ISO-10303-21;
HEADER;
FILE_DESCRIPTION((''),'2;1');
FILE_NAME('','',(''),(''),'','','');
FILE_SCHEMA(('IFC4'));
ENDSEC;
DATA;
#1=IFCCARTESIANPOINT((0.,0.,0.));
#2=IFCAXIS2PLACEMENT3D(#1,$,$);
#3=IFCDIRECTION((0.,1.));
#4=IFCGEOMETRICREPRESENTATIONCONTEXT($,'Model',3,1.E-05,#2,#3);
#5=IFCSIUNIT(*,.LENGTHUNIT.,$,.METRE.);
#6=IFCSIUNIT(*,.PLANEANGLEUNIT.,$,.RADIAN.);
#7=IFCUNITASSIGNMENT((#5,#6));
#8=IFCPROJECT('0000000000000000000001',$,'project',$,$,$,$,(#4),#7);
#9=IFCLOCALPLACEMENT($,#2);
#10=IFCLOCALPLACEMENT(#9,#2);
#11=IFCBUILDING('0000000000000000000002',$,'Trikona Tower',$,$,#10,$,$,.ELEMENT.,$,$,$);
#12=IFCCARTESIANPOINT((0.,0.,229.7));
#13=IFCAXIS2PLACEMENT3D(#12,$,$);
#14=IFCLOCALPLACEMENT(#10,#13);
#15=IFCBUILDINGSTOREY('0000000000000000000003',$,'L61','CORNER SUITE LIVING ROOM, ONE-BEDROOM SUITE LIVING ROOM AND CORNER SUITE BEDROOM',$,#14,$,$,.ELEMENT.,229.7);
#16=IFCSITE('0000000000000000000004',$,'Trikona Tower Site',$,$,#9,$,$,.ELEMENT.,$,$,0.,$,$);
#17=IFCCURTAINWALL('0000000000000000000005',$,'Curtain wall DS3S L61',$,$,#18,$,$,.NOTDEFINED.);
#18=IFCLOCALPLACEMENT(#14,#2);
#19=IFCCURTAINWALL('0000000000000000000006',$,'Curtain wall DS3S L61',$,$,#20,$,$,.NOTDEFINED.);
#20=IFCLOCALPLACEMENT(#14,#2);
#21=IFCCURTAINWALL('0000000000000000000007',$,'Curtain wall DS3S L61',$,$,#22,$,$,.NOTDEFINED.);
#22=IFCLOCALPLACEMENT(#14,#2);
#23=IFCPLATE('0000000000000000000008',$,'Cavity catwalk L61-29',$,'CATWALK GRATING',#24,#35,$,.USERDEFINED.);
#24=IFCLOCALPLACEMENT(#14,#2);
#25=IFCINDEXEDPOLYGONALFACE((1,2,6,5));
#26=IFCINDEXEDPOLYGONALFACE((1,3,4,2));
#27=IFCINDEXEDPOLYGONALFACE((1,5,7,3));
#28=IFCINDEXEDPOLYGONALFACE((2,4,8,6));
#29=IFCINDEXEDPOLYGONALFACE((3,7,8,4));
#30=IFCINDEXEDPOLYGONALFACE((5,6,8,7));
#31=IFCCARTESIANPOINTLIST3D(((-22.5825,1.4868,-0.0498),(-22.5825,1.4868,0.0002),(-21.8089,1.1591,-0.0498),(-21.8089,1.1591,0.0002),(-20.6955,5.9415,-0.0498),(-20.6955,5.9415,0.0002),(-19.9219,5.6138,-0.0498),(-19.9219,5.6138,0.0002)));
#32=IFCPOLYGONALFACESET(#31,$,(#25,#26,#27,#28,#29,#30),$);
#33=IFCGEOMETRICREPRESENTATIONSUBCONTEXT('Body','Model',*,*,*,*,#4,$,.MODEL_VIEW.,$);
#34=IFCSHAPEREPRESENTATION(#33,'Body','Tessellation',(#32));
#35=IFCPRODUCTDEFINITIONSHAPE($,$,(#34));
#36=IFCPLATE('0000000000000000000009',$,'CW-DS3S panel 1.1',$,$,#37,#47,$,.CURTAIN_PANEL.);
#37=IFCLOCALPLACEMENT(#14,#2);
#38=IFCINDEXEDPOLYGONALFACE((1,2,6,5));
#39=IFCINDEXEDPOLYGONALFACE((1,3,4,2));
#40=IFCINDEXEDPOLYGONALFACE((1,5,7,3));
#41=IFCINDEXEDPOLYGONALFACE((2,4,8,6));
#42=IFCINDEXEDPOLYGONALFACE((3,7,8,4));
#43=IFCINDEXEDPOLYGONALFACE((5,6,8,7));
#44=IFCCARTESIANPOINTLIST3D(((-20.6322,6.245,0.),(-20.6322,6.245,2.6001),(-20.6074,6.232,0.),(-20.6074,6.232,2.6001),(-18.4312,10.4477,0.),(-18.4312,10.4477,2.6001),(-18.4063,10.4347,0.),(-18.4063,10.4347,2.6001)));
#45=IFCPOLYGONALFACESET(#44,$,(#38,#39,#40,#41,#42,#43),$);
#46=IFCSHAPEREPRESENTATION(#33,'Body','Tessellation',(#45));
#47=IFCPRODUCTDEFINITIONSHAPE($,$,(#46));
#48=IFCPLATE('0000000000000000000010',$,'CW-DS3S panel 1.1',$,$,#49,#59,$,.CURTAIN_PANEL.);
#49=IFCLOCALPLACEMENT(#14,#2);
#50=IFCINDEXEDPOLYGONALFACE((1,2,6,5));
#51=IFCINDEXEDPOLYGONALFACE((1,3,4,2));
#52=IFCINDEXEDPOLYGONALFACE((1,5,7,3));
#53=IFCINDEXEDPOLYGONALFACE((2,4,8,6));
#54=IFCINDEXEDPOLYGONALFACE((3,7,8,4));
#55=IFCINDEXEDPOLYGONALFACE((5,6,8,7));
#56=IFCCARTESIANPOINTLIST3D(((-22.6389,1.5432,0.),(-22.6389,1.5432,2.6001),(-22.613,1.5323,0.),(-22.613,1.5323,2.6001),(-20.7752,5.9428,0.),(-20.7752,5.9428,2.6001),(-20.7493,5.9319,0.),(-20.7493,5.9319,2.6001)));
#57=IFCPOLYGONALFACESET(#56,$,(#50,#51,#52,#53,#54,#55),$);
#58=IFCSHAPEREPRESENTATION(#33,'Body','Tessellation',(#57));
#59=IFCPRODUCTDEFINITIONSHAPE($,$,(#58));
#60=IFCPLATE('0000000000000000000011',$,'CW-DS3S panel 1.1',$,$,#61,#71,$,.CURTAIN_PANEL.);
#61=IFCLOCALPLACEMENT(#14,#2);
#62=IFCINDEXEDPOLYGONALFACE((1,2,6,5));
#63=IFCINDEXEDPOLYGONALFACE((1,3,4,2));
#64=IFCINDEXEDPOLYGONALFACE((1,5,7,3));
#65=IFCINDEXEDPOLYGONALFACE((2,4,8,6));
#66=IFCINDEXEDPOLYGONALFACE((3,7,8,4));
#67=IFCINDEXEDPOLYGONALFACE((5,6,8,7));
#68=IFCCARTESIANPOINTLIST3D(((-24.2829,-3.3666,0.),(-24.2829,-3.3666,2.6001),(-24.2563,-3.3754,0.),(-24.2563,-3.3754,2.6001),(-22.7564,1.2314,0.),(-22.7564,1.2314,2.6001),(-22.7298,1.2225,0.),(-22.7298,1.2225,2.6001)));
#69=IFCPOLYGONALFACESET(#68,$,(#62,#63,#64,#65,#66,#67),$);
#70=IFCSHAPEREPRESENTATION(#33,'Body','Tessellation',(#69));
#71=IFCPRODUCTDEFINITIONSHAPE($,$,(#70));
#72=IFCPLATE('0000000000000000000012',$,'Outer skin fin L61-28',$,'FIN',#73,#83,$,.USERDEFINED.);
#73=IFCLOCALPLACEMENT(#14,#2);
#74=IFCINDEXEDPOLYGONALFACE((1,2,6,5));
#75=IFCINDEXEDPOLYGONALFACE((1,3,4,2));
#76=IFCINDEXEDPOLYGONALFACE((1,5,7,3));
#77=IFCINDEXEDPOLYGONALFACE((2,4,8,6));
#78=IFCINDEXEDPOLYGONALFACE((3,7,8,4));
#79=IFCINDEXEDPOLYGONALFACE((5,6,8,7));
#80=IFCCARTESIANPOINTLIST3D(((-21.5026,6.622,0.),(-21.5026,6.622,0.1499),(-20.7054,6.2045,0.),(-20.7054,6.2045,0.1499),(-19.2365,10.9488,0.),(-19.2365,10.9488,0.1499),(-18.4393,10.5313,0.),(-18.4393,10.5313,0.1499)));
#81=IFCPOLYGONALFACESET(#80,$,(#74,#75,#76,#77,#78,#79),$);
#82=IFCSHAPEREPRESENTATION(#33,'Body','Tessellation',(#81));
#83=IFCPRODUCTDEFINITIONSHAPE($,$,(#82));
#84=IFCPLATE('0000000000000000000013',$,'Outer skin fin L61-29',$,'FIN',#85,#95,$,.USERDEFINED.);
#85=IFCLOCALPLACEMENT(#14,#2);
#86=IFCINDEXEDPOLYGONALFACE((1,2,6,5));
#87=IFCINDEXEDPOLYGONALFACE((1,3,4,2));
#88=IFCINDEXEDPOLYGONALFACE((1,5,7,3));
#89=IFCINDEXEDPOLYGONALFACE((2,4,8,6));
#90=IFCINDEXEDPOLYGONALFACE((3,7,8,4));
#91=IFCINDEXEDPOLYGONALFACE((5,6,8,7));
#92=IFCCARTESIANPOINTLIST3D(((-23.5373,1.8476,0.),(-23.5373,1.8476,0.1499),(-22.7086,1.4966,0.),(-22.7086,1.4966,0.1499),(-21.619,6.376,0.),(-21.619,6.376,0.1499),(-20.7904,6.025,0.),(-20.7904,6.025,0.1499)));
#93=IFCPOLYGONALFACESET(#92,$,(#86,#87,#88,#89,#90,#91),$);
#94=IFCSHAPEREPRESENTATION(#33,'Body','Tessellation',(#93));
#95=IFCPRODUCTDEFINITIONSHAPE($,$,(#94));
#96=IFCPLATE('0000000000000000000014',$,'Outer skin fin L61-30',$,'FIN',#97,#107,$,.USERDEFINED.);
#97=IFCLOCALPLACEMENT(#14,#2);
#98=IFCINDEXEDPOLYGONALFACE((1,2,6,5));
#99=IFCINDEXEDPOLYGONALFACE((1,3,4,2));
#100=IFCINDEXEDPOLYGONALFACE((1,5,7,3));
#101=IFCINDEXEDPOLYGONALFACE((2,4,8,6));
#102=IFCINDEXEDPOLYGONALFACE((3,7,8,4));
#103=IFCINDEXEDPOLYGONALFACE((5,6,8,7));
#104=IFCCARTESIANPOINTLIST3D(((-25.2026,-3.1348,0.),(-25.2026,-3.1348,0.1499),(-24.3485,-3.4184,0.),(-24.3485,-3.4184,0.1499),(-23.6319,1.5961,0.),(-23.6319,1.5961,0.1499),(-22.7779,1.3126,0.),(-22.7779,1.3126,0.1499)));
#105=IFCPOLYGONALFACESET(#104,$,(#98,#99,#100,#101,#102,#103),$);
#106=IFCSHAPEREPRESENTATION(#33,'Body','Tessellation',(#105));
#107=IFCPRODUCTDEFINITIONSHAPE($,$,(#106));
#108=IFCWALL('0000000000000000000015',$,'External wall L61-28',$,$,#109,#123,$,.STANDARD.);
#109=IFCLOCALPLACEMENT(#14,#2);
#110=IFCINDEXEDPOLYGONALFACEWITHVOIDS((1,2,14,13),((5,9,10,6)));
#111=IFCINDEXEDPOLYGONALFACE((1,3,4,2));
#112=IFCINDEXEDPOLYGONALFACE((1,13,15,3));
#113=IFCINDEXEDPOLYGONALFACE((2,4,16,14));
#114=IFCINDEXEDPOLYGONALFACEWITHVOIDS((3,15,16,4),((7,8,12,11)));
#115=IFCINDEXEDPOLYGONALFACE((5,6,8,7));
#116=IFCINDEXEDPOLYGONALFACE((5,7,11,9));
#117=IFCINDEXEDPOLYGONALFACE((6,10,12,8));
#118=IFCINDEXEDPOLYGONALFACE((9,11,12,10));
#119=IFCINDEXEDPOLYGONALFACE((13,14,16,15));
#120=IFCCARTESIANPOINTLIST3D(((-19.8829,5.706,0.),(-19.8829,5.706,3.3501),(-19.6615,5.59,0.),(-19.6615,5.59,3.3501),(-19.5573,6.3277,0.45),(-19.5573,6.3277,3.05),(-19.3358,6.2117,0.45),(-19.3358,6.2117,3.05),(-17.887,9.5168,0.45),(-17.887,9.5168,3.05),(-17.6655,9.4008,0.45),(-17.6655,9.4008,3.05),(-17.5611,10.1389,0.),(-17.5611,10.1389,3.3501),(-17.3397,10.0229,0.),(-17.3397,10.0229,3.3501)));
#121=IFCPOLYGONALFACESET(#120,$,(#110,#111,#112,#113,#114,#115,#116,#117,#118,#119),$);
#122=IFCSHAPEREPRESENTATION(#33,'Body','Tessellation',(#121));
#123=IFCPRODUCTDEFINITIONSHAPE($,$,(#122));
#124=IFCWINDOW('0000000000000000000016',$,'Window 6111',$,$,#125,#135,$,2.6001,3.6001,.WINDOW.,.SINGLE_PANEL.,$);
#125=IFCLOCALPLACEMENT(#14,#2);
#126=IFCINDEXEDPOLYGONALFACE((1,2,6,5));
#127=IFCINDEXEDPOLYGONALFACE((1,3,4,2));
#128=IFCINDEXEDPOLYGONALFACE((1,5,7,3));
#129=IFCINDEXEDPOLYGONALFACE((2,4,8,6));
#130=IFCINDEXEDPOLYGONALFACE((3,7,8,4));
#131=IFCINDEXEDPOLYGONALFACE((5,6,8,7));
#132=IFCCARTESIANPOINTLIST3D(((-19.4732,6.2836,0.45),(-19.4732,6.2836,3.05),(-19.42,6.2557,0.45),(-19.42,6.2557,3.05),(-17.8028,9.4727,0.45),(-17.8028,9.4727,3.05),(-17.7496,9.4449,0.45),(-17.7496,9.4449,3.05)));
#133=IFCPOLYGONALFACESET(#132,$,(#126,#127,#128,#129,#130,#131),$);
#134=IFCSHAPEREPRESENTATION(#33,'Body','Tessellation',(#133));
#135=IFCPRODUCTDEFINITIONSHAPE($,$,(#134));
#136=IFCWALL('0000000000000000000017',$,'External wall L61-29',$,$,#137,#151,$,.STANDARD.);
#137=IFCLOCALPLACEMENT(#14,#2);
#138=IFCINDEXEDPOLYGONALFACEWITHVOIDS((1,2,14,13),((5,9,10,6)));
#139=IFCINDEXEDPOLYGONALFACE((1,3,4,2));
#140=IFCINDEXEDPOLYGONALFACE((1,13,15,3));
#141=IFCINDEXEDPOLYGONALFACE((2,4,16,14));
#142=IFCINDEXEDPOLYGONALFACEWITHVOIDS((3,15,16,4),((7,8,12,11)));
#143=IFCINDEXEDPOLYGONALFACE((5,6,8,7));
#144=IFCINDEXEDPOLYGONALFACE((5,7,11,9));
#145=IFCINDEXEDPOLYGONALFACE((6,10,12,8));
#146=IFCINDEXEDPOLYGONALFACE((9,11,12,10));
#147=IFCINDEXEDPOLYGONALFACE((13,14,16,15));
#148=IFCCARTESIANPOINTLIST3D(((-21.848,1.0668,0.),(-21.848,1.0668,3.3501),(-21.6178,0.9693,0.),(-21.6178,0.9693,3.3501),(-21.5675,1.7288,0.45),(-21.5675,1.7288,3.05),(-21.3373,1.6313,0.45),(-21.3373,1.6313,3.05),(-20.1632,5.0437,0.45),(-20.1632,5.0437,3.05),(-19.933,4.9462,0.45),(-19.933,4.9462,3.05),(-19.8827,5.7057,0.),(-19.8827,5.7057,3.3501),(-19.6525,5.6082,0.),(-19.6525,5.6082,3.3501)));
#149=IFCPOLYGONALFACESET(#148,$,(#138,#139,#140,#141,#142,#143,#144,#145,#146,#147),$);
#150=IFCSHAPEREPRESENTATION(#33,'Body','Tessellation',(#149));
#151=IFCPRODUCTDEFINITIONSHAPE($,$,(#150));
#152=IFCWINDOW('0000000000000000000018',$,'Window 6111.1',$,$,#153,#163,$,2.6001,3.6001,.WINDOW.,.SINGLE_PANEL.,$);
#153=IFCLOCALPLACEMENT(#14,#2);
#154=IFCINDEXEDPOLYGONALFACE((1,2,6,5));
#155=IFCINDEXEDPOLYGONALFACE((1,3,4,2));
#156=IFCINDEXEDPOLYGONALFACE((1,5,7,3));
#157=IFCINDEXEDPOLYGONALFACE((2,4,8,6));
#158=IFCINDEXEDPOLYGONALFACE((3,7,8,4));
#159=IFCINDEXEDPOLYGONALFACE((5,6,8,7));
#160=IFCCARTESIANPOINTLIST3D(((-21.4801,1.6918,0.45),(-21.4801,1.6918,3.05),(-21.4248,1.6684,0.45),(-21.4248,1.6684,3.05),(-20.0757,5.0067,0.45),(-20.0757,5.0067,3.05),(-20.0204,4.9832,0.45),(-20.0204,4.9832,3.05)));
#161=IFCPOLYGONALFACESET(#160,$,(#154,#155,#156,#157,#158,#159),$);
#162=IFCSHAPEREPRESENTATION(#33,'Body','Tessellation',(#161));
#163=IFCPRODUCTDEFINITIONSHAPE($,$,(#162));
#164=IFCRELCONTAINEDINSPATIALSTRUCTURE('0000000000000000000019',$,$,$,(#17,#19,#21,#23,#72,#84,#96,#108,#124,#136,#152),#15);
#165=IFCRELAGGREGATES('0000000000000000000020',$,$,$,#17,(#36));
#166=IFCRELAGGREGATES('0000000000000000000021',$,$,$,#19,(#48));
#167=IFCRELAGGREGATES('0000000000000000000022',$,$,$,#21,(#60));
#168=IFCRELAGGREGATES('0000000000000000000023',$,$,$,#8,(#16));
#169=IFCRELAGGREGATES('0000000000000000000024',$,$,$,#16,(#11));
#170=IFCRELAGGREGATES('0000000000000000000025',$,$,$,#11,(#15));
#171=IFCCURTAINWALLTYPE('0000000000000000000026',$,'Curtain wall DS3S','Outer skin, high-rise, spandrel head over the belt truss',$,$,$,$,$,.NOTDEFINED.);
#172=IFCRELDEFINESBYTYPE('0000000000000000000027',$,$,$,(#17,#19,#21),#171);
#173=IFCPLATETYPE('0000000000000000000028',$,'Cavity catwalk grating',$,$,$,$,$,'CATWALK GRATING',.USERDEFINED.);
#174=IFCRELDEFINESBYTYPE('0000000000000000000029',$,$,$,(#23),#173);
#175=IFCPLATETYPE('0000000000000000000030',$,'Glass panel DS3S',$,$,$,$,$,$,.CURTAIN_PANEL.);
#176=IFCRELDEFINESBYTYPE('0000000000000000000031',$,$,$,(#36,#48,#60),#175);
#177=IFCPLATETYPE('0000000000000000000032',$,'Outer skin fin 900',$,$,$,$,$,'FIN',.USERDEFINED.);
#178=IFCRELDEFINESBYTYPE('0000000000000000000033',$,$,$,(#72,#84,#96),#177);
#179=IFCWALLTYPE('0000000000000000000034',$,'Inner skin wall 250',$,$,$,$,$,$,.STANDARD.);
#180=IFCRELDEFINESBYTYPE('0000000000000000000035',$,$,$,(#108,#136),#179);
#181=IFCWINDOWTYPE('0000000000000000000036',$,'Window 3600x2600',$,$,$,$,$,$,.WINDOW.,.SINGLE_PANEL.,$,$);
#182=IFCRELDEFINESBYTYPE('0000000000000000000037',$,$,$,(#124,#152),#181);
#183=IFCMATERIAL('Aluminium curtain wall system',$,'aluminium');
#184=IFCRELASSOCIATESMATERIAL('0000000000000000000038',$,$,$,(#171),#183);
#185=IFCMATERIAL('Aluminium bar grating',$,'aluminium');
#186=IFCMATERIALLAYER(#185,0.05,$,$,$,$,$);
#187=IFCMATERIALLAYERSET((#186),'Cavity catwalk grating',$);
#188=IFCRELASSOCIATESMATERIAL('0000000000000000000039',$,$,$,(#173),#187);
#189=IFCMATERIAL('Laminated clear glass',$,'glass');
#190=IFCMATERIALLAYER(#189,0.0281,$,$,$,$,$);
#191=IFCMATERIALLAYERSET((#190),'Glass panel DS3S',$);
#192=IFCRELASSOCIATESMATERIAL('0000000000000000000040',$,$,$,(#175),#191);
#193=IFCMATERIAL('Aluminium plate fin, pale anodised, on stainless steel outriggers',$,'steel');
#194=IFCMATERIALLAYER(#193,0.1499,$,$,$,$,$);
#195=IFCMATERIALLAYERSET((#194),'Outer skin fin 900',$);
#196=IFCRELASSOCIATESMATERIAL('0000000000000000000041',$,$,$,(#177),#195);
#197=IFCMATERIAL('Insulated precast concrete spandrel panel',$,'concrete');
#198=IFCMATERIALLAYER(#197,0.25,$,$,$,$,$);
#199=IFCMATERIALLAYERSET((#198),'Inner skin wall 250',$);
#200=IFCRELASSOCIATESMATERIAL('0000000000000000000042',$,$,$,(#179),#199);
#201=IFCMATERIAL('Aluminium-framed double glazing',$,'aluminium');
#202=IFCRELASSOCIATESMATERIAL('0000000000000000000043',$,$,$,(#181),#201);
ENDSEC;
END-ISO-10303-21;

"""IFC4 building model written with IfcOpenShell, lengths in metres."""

from ifc_helpers import new_model, si_unit, direction, frame, frame_2d, origin, origin_2d, place, context, subcontext, project, spatial, rectangle, extrude, material, layer, layer_set, type_object, element, fill, aggregate, save


model = new_model("IFC4")

# Units and contexts
model_context = context("Model", 3, precision=1e-05, world=origin(), true_north=direction((0.0, 1.0)))
body_context = subcontext(model_context, "Body", "Model", "MODEL_VIEW")
ifc_project = project(units=[si_unit("LENGTHUNIT", "METRE"), si_unit("PLANEANGLEUNIT", "RADIAN")], contexts=[model_context])

# Site, building, storey
site_placement = place(None, origin())
site = spatial("IfcSite", under=ifc_project, at=site_placement, Name="Trikona Tower Site", CompositionType="ELEMENT", RefElevation=0.0)
building_placement = place(site_placement, origin())
building = spatial("IfcBuilding", under=site, at=building_placement, Name="Trikona Tower", CompositionType="ELEMENT")
storey_placement = place(building_placement, frame((0.0, 0.0, 229.7)))
storey = spatial("IfcBuildingStorey", under=building, at=storey_placement, Name="L61", Description="CORNER SUITE LIVING ROOM, ONE-BEDROOM SUITE LIVING ROOM AND CORNER SUITE BEDROOM", CompositionType="ELEMENT", Elevation=229.7)

# Shared definitions
ifc_material_1 = material(Name="Aluminium curtain wall system", Category="aluminium")
curtain_wall_type = type_object("IfcCurtainWallType", Name="Curtain wall DS3S", Description="Outer skin, high-rise, spandrel head over the belt truss", PredefinedType="NOTDEFINED", material=ifc_material_1)

# Curtain walls
curtain_wall_1_placement = place(storey_placement, origin())
curtain_wall_1 = element("IfcCurtainWall", 1, at=curtain_wall_1_placement, inside=storey, type_object=curtain_wall_type, Name="Curtain wall DS3S L61", PredefinedType="NOTDEFINED")
curtain_wall_2_placement = place(storey_placement, origin())
curtain_wall_2 = element("IfcCurtainWall", 2, at=curtain_wall_2_placement, inside=storey, type_object=curtain_wall_type, Name="Curtain wall DS3S L61", PredefinedType="NOTDEFINED")

# Curtain wall
curtain_wall_3_placement = place(storey_placement, origin())
curtain_wall_3 = element("IfcCurtainWall", 3, at=curtain_wall_3_placement, inside=storey, type_object=curtain_wall_type, Name="Curtain wall DS3S L61", PredefinedType="NOTDEFINED")

# Plate
ifc_material_2 = material(Name="Aluminium bar grating", Category="aluminium")
ifc_layer_1 = layer(ifc_material_2, 0.05)
ifc_layer_set_1 = layer_set([ifc_layer_1], Name="Cavity catwalk grating")
plate_type_1 = type_object("IfcPlateType", Name="Cavity catwalk grating", ElementType="CATWALK GRATING", PredefinedType="USERDEFINED", material=ifc_layer_set_1)
plate_1_placement = place(storey_placement, frame((-21.2522, 3.5503, -0.0498), z_axis=(0.0, 0.0, 1.0), x_axis=(-0.390051, -0.920793, 0.0)))
element("IfcPlate", 4, at=plate_1_placement, inside=storey, type_object=plate_type_1, Name="Cavity catwalk L61-29", ObjectType="CATWALK GRATING", PredefinedType="USERDEFINED", context=body_context, shape_type="SweptSolid", body=[
    extrude(rectangle(XDim=4.8379, YDim=0.8401, at=origin_2d()), origin(), (0.0, 0.0, 1.0), 0.05),
])

# Plates
ifc_material_3 = material(Name="Laminated clear glass", Category="glass")
ifc_layer_2 = layer(ifc_material_3, 0.0281)
ifc_layer_set_2 = layer_set([ifc_layer_2], Name="Glass panel DS3S")
plate_type_2 = type_object("IfcPlateType", Name="Glass panel DS3S", PredefinedType="CURTAIN_PANEL", material=ifc_layer_set_2)
plate_2_placement = place(storey_placement, frame((-19.5193, 8.3398, 0.0), z_axis=(0.0, 0.0, 1.0), x_axis=(-0.463948, -0.885862, 0.0)))
plate_2 = element("IfcPlate", 5, at=plate_2_placement, type_object=plate_type_2, Name="CW-DS3S panel 1.1", PredefinedType="CURTAIN_PANEL", context=body_context, shape_type="SweptSolid", body=[
    extrude(rectangle(XDim=4.7441, YDim=0.0281, at=origin_2d()), origin(), (0.0, 0.0, 1.0), 2.6001),
])
aggregate(curtain_wall_1, [plate_2])
plate_3_placement = place(storey_placement, frame((-21.6941, 3.7375, 0.0), z_axis=(0.0, 0.0, 1.0), x_axis=(-0.390053, -0.920792, 0.0)))
plate_3 = element("IfcPlate", 6, at=plate_3_placement, type_object=plate_type_2, Name="CW-DS3S panel 1.1", PredefinedType="CURTAIN_PANEL", context=body_context, shape_type="SweptSolid", body=[
    extrude(rectangle(XDim=4.7781, YDim=0.0281, at=origin_2d()), origin(), (0.0, 0.0, 1.0), 2.6001),
])
aggregate(curtain_wall_2, [plate_3])
plate_4_placement = place(storey_placement, frame((-23.5063, -1.072, 0.0), z_axis=(0.0, 0.0, 1.0), x_axis=(-0.315078, -0.949066, 0.0)))
plate_4 = element("IfcPlate", 7, at=plate_4_placement, type_object=plate_type_2, Name="CW-DS3S panel 1.1", PredefinedType="CURTAIN_PANEL", context=body_context, shape_type="SweptSolid", body=[
    extrude(rectangle(XDim=4.8447, YDim=0.0281, at=origin_2d()), origin(), (0.0, 0.0, 1.0), 2.6001),
])
aggregate(curtain_wall_3, [plate_4])

# Plates
ifc_material_4 = material(Name="Aluminium plate fin, pale anodised, on stainless steel outriggers", Category="steel")
ifc_layer_3 = layer(ifc_material_4, 0.1499)
ifc_layer_set_3 = layer_set([ifc_layer_3], Name="Outer skin fin 900")
plate_type_3 = type_object("IfcPlateType", Name="Outer skin fin 900", ElementType="FIN", PredefinedType="USERDEFINED", material=ifc_layer_set_3)
plate_5_placement = place(storey_placement, frame((-19.9709, 8.5767, 0.0), z_axis=(0.0, 0.0, 1.0), x_axis=(-0.463952, -0.88586, 0.0)))
element("IfcPlate", 8, at=plate_5_placement, inside=storey, type_object=plate_type_3, Name="Outer skin fin L61-28", ObjectType="FIN", PredefinedType="USERDEFINED", context=body_context, shape_type="SweptSolid", body=[
    extrude(rectangle(XDim=4.8843, YDim=0.8999, at=origin_2d()), origin(), (0.0, 0.0, 1.0), 0.1499),
])
plate_6_placement = place(storey_placement, frame((-22.1638, 3.9363, 0.0), z_axis=(0.0, 0.0, 1.0), x_axis=(-0.390051, -0.920793, 0.0)))
element("IfcPlate", 9, at=plate_6_placement, inside=storey, type_object=plate_type_3, Name="Outer skin fin L61-29", ObjectType="FIN", PredefinedType="USERDEFINED", context=body_context, shape_type="SweptSolid", body=[
    extrude(rectangle(XDim=4.918, YDim=0.8999, at=origin_2d()), origin(), (0.0, 0.0, 1.0), 0.1499),
])
plate_7_placement = place(storey_placement, frame((-23.9902, -0.9111, 0.0), z_axis=(0.0, 0.0, 1.0), x_axis=(-0.315093, -0.949061, 0.0)))
element("IfcPlate", 10, at=plate_7_placement, inside=storey, type_object=plate_type_3, Name="Outer skin fin L61-30", ObjectType="FIN", PredefinedType="USERDEFINED", context=body_context, shape_type="SweptSolid", body=[
    extrude(rectangle(XDim=4.9849, YDim=0.8999, at=origin_2d()), origin(), (0.0, 0.0, 1.0), 0.1499),
])

# Walls, openings, windows
ifc_material_5 = material(Name="Insulated precast concrete spandrel panel", Category="concrete")
ifc_layer_4 = layer(ifc_material_5, 0.25)
ifc_layer_set_4 = layer_set([ifc_layer_4], Name="Inner skin wall 250")
wall_type = type_object("IfcWallType", Name="Inner skin wall 250", PredefinedType="STANDARD", material=ifc_layer_set_4)
wall_1_placement = place(storey_placement, frame((-17.4504, 10.0808, 0.0), z_axis=(0.0, 0.0, 1.0), x_axis=(-0.463976, -0.885848, 0.0)))
wall_1 = element("IfcWall", 11, at=wall_1_placement, inside=storey, type_object=wall_type, Name="External wall L61-28", PredefinedType="STANDARD", context=body_context, shape_type="SweptSolid", body=[
    extrude(rectangle(XDim=5.0042, YDim=0.25, at=frame_2d((2.502, 0.0))), origin(), (0.0, 0.0, 1.0), 3.3501),
])
opening_1_placement = place(wall_1_placement, frame((0.7021, 0.0, 0.45)))
opening_1 = element("IfcOpeningElement", 12, at=opening_1_placement, cuts=wall_1, PredefinedType="OPENING", context=body_context, shape_type="SweptSolid", body=[
    extrude(rectangle(XDim=3.6001, YDim=2.6001, at=frame_2d((1.8, 1.3))), frame((0.0, 0.135, 0.0), z_axis=(0.0, -1.0, 0.0), x_axis=(1.0, 0.0, 0.0)), (0.0, 0.0, 1.0), 0.27),
])
ifc_material_6 = material(Name="Aluminium-framed double glazing", Category="aluminium")
window_type = type_object("IfcWindowType", Name="Window 3600x2600", PartitioningType="SINGLE_PANEL", PredefinedType="WINDOW", material=ifc_material_6)
window_1_placement = place(opening_1_placement, origin())
window_1 = element("IfcWindow", 13, at=window_1_placement, inside=storey, type_object=window_type, Name="Window 6111", OverallHeight=2.6001, OverallWidth=3.6001, PartitioningType="SINGLE_PANEL", PredefinedType="WINDOW", context=body_context, shape_type="SweptSolid", body=[
    extrude(rectangle(XDim=3.6001, YDim=2.6001, at=frame_2d((1.8, 1.3))), frame((0.0, 0.03, 0.0), z_axis=(0.0, -1.0, 0.0), x_axis=(1.0, 0.0, 0.0)), (0.0, 0.0, 1.0), 0.0601),
])
fill(opening_1, window_1)
wall_2_placement = place(storey_placement, frame((-19.7676, 5.657, 0.0), z_axis=(0.0, 0.0, 1.0), x_axis=(-0.390097, -0.920774, 0.0)))
wall_2 = element("IfcWall", 14, at=wall_2_placement, inside=storey, type_object=wall_type, Name="External wall L61-29", PredefinedType="STANDARD", context=body_context, shape_type="SweptSolid", body=[
    extrude(rectangle(XDim=5.0381, YDim=0.25, at=frame_2d((2.519, 0.0))), origin(), (0.0, 0.0, 1.0), 3.3501),
])
opening_2_placement = place(wall_2_placement, frame((0.719, 0.0, 0.45)))
opening_2 = element("IfcOpeningElement", 15, at=opening_2_placement, cuts=wall_2, PredefinedType="OPENING", context=body_context, shape_type="SweptSolid", body=[
    extrude(rectangle(XDim=3.6001, YDim=2.6001, at=frame_2d((1.8, 1.3))), frame((0.0, 0.135, 0.0), z_axis=(0.0, -1.0, 0.0), x_axis=(1.0, 0.0, 0.0)), (0.0, 0.0, 1.0), 0.27),
])
window_2_placement = place(opening_2_placement, origin())
window_2 = element("IfcWindow", 16, at=window_2_placement, inside=storey, type_object=window_type, Name="Window 6111.1", OverallHeight=2.6001, OverallWidth=3.6001, PartitioningType="SINGLE_PANEL", PredefinedType="WINDOW", context=body_context, shape_type="SweptSolid", body=[
    extrude(rectangle(XDim=3.6001, YDim=2.6001, at=frame_2d((1.8, 1.3))), frame((0.0, 0.03, 0.0), z_axis=(0.0, -1.0, 0.0), x_axis=(1.0, 0.0, 0.0)), (0.0, 0.0, 1.0), 0.0601),
])
fill(opening_2, window_2)

save(model, "model.ifc")
